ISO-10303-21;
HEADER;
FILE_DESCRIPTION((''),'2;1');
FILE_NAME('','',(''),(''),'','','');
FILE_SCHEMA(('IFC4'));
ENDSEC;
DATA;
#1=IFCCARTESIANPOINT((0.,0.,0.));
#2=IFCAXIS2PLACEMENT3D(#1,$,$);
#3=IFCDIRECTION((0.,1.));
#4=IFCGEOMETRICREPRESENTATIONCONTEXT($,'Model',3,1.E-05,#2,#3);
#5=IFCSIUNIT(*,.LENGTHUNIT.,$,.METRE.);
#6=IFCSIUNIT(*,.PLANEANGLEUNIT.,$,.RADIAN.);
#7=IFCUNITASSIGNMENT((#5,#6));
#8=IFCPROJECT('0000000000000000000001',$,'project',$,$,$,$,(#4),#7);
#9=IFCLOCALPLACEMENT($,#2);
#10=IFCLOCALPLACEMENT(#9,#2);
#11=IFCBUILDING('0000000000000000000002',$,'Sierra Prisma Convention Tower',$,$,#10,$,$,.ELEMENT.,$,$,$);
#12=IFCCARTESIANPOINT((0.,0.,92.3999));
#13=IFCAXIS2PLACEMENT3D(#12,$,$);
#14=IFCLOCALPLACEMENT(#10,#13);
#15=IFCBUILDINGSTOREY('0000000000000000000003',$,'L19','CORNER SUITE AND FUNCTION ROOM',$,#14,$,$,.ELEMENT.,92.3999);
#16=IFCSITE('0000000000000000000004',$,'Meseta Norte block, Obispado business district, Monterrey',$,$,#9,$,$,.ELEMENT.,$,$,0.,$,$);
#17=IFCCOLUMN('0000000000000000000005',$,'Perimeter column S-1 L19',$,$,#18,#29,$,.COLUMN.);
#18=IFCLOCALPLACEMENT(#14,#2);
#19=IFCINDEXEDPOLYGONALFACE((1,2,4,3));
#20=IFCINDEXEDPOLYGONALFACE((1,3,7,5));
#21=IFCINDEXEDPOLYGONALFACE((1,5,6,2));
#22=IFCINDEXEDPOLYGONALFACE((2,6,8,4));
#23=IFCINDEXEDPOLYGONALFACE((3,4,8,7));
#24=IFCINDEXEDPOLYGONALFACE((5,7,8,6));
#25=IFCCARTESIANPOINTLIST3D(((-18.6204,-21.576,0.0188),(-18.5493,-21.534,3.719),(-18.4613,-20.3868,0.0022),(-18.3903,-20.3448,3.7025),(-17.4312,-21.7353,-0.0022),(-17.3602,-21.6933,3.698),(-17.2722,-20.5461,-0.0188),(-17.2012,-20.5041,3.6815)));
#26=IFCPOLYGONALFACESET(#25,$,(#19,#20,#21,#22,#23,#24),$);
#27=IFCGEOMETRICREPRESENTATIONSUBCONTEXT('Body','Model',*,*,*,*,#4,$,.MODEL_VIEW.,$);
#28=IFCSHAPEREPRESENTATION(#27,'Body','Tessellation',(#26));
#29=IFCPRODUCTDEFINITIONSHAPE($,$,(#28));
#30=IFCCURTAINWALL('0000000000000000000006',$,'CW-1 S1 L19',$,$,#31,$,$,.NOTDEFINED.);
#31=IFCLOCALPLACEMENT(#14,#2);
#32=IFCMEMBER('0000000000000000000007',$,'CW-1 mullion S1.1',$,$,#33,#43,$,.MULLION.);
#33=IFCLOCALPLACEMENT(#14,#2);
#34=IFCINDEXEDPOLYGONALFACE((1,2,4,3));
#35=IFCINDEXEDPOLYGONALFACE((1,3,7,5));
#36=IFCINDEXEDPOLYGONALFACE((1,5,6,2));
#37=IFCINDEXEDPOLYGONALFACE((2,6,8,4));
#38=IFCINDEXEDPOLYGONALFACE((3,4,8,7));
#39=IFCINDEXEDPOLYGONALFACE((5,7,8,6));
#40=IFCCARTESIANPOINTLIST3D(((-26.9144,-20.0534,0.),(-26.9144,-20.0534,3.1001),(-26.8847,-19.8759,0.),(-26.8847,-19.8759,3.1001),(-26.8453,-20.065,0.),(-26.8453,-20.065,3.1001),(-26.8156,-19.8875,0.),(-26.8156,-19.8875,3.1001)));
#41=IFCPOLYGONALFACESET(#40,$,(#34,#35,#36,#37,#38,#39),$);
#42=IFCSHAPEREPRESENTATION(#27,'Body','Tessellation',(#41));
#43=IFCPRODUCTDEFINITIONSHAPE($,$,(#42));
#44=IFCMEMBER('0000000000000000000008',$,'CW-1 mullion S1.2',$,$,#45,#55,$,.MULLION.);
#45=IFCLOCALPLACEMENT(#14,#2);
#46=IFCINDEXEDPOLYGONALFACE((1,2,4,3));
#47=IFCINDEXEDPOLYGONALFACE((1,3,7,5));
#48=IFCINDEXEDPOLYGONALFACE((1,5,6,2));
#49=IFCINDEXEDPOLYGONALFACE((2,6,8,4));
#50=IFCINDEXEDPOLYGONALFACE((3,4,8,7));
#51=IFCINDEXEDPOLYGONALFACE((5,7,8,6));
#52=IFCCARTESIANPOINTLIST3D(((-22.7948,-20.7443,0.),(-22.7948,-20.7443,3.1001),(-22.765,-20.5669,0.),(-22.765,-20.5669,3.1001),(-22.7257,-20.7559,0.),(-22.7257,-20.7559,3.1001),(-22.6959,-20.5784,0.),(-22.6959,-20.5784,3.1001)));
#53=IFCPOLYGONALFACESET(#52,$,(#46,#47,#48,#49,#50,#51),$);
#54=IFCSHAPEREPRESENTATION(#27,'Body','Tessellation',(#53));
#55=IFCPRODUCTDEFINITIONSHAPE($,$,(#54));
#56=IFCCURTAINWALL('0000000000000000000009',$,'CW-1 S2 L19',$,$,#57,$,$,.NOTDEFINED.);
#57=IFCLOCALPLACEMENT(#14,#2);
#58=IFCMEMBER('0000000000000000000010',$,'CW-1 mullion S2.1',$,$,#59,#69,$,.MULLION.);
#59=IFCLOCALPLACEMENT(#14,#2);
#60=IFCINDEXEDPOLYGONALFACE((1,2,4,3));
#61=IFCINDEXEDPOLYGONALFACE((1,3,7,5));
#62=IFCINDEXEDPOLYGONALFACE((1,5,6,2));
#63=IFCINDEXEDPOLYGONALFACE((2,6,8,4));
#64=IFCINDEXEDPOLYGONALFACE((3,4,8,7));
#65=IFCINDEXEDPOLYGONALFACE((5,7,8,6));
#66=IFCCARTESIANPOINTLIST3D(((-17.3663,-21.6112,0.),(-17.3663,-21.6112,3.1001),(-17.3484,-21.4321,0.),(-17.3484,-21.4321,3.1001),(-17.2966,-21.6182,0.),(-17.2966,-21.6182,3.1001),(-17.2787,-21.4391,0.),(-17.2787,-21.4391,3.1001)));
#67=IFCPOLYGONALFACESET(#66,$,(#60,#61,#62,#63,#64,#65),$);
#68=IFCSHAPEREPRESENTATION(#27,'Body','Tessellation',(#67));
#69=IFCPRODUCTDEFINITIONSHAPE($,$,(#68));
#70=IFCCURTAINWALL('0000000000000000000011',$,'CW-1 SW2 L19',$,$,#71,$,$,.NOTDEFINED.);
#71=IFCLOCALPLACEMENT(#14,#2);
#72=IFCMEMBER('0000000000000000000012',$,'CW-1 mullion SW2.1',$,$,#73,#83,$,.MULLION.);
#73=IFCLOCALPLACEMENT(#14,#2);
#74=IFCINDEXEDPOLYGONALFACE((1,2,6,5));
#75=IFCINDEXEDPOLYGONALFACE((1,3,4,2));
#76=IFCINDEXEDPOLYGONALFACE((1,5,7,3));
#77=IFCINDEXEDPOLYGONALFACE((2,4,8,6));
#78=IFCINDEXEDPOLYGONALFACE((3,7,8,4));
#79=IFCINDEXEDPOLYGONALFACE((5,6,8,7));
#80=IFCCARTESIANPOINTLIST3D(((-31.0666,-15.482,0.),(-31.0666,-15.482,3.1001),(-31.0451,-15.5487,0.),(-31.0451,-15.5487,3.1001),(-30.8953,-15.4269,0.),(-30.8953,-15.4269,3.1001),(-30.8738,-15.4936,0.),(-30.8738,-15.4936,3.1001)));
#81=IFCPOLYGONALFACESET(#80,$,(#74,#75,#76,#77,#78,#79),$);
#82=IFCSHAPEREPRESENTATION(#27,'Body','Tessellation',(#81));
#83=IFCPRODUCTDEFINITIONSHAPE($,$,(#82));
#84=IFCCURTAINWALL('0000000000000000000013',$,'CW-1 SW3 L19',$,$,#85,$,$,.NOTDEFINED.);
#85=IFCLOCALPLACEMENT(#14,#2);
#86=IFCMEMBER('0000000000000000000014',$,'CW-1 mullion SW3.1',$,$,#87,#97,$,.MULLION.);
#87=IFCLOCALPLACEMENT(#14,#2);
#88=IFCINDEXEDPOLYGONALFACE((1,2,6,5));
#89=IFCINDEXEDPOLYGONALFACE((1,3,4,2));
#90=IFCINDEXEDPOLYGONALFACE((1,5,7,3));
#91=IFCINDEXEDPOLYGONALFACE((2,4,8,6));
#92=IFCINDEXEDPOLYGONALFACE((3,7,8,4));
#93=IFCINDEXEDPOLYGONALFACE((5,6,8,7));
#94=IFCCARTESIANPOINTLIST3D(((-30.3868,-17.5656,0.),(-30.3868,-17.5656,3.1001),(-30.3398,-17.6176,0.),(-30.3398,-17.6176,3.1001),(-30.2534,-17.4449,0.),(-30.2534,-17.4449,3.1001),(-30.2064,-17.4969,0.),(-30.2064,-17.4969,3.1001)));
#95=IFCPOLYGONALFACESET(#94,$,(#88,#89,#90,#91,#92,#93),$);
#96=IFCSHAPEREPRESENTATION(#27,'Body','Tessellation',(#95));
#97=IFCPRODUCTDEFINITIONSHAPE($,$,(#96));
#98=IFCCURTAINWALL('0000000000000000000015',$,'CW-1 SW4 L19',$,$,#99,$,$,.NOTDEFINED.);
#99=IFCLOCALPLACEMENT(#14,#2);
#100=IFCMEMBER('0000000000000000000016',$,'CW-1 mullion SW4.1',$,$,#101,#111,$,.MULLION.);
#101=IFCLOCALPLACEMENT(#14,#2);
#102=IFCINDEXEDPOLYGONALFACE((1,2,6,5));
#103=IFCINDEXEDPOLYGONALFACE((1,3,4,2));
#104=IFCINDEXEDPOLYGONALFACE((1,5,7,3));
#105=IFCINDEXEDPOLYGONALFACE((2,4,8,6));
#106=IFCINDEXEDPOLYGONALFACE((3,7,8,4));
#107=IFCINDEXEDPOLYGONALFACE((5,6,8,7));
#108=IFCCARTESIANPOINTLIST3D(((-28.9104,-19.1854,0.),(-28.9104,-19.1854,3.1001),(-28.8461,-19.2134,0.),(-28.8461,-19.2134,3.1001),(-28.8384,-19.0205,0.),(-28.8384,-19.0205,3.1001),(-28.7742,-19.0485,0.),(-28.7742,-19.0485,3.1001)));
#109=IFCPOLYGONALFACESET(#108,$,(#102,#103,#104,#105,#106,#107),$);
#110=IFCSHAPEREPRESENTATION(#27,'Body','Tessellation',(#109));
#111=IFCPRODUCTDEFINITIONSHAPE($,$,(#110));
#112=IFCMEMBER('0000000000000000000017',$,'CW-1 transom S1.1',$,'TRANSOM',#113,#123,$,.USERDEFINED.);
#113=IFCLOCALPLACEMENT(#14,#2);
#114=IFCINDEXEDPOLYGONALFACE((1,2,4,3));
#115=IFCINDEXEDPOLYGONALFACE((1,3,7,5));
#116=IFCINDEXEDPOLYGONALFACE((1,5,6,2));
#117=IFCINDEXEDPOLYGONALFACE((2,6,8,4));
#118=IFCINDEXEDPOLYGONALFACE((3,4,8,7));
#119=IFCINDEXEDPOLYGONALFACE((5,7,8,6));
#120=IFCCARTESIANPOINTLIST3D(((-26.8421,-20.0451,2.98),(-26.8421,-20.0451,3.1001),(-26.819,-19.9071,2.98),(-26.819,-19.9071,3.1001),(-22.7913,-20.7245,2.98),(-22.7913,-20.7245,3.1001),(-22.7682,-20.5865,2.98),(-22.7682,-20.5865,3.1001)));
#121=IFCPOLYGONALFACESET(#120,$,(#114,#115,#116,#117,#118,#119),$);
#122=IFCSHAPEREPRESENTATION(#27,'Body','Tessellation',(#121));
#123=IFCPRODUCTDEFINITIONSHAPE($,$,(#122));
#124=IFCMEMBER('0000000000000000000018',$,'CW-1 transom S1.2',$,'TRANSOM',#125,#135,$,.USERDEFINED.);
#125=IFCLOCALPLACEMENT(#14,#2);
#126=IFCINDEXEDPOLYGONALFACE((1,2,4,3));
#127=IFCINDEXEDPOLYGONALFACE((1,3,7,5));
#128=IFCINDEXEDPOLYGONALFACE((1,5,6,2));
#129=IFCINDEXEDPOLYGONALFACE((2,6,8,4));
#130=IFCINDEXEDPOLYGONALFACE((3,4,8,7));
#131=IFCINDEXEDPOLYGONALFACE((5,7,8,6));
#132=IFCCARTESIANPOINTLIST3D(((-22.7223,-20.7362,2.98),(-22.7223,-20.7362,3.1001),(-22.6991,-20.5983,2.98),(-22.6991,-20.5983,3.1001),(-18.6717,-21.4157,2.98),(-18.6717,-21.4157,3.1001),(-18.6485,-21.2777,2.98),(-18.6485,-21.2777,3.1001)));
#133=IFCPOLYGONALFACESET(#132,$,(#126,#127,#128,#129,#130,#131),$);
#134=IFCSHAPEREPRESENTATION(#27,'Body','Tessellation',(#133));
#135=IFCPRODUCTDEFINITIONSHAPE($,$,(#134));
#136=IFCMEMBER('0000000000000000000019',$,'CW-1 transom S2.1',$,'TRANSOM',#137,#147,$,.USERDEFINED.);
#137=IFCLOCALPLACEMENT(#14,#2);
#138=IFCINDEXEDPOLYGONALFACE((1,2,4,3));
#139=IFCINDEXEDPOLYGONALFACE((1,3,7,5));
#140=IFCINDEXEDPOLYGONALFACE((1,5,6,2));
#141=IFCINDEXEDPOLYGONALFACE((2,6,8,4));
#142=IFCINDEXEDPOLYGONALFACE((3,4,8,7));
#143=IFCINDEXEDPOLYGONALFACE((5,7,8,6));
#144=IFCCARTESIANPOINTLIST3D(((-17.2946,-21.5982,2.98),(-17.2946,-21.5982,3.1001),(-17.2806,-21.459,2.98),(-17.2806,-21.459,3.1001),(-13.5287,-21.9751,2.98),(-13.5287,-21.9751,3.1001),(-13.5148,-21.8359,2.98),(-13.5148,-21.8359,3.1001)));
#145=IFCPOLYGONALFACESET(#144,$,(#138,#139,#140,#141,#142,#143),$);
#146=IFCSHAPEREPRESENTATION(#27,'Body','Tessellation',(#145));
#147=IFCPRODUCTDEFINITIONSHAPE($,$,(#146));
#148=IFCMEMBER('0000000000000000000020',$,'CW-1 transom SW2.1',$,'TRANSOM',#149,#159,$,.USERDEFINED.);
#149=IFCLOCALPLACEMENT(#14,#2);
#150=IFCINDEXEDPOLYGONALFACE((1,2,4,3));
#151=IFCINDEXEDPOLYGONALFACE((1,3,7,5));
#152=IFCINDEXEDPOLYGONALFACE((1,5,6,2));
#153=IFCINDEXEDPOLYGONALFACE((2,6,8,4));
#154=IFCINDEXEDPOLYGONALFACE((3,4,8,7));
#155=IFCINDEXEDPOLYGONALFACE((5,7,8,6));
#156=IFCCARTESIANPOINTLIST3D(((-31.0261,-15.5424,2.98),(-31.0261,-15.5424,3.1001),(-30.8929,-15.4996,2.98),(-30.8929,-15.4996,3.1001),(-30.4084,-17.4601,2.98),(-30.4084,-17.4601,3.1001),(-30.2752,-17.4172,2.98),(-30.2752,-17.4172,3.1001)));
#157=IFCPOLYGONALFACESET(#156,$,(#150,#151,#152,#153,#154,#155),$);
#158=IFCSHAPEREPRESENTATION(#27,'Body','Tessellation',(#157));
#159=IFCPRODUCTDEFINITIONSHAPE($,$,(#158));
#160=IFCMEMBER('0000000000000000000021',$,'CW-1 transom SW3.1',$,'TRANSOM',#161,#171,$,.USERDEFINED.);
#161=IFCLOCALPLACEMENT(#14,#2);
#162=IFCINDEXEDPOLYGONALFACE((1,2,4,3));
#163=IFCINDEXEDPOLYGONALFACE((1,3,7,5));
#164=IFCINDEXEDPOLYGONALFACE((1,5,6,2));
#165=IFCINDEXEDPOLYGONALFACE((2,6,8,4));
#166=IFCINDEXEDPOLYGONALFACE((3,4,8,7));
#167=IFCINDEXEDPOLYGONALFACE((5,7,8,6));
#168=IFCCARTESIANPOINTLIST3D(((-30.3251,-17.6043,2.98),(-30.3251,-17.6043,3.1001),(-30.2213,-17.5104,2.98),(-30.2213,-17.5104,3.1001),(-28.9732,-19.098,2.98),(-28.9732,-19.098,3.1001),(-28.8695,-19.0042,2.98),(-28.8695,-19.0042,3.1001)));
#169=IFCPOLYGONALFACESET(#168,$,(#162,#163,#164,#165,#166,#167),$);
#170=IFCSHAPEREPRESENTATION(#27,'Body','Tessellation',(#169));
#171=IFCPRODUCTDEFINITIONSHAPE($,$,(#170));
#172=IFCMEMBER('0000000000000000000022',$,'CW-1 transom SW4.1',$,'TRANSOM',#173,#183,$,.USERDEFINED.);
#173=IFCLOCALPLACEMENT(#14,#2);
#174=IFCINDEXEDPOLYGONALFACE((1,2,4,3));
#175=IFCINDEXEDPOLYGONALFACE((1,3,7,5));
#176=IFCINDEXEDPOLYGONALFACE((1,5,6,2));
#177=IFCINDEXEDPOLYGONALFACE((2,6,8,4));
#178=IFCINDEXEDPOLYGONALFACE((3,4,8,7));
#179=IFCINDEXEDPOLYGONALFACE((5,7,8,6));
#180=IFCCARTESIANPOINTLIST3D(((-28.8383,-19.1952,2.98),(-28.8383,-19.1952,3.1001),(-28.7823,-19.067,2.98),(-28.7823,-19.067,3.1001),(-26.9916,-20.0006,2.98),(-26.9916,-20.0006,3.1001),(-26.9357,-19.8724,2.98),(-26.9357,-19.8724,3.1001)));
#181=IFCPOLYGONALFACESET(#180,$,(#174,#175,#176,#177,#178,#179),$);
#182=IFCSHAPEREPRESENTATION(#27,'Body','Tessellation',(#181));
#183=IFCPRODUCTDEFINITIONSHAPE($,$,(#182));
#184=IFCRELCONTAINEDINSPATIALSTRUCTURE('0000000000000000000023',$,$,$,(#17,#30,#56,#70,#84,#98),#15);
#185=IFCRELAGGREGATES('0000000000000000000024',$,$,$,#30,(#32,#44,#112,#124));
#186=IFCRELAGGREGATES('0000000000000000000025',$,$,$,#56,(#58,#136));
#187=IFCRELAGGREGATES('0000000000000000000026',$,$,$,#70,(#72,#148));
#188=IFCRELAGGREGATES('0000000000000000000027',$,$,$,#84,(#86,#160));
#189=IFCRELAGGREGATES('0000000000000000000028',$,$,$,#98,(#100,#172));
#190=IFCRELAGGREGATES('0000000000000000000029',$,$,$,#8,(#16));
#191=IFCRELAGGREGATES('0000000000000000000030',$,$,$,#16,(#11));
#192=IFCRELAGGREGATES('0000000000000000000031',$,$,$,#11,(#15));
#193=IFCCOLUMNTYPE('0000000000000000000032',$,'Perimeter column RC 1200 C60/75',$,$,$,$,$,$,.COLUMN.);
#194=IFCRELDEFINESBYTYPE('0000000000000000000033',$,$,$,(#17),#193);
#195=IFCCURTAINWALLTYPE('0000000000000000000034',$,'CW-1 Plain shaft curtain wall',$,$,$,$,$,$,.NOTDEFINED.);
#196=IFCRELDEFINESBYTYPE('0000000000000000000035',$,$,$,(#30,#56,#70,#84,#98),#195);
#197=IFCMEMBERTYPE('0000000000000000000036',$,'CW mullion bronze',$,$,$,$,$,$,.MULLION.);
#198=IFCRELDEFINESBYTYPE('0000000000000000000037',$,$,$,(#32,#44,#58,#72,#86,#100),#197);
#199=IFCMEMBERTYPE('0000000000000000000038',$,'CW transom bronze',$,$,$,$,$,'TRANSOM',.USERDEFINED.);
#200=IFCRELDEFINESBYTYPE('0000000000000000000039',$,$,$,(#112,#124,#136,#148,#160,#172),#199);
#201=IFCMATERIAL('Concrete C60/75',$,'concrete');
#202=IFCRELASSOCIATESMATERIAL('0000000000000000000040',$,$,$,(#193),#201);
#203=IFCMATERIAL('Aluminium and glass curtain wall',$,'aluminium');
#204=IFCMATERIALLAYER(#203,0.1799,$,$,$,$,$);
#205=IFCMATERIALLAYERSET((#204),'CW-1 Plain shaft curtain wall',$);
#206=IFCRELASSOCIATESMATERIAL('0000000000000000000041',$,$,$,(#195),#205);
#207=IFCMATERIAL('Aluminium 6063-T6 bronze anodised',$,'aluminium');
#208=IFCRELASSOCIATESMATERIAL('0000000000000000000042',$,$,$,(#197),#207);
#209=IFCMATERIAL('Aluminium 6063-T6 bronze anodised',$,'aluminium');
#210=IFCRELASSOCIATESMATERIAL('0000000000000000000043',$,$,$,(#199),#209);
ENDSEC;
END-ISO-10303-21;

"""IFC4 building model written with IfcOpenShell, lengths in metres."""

from ifc_helpers import new_model, si_unit, direction, frame, origin, origin_2d, place, context, subcontext, project, spatial, rectangle, extrude, material, layer, layer_set, material_profile, profile_set, type_object, element, aggregate, save


model = new_model("IFC4")

# Units and contexts
model_context = context("Model", 3, precision=1e-05, world=origin(), true_north=direction((0.0, 1.0)))
body_context = subcontext(model_context, "Body", "Model", "MODEL_VIEW")
ifc_project = project(units=[si_unit("LENGTHUNIT", "METRE"), si_unit("PLANEANGLEUNIT", "RADIAN")], contexts=[model_context])

# Site, building, storey
site_placement = place(None, origin())
site = spatial("IfcSite", under=ifc_project, at=site_placement, Name="Meseta Norte block, Obispado business district, Monterrey", CompositionType="ELEMENT", RefElevation=0.0)
building_placement = place(site_placement, origin())
building = spatial("IfcBuilding", under=site, at=building_placement, Name="Sierra Prisma Convention Tower", CompositionType="ELEMENT")
storey_placement = place(building_placement, frame((0.0, 0.0, 92.3999)))
storey = spatial("IfcBuildingStorey", under=building, at=storey_placement, Name="L19", Description="CORNER SUITE AND FUNCTION ROOM", CompositionType="ELEMENT", Elevation=92.3999)

# Column
ifc_material_1 = material(Name="Concrete C60/75", Category="concrete")
ifc_material_profile_1 = material_profile(ifc_material_1, rectangle(XDim=1.2, YDim=1.2, at=origin_2d()), Name="Perimeter column RC 1200 C60/75")
ifc_profile_set_1 = profile_set([ifc_material_profile_1], Name="Concrete C60/75")
column_type = type_object("IfcColumnType", Name="Perimeter column RC 1200 C60/75", PredefinedType="COLUMN", material=ifc_profile_set_1)
column_placement = place(storey_placement, frame((-17.9463, -21.061, 0.0), z_axis=(0.019196, 0.011346, 0.999751), x_axis=(-0.990993, 0.132765, 0.017521)))
element("IfcColumn", 1, at=column_placement, inside=storey, type_object=column_type, Name="Perimeter column S-1 L19", PredefinedType="COLUMN", context=body_context, shape_type="SweptSolid", body=[
    extrude(rectangle(XDim=1.2, YDim=1.2, at=origin_2d()), origin(), (0.0, 0.0, 1.0), 3.7012),
])

# Curtain wall, members
ifc_material_2 = material(Name="Aluminium and glass curtain wall", Category="aluminium")
ifc_layer_1 = layer(ifc_material_2, 0.1799)
ifc_layer_set_1 = layer_set([ifc_layer_1], Name="CW-1 Plain shaft curtain wall")
curtain_wall_type = type_object("IfcCurtainWallType", Name="CW-1 Plain shaft curtain wall", PredefinedType="NOTDEFINED", material=ifc_layer_set_1)
curtain_wall_1_placement = place(storey_placement, origin())
curtain_wall_1 = element("IfcCurtainWall", 2, at=curtain_wall_1_placement, inside=storey, type_object=curtain_wall_type, Name="CW-1 S1 L19", PredefinedType="NOTDEFINED")
ifc_material_3 = material(Name="Aluminium 6063-T6 bronze anodised", Category="aluminium")
ifc_material_profile_2 = material_profile(ifc_material_3, rectangle(XDim=0.1799, YDim=0.0701, at=origin_2d()), Name="ALU MULLION 70x180")
ifc_profile_set_2 = profile_set([ifc_material_profile_2], Name="Aluminium 6063-T6 bronze anodised")
member_type_1 = type_object("IfcMemberType", Name="CW mullion bronze", PredefinedType="MULLION", material=ifc_profile_set_2)
member_1_placement = place(storey_placement, frame((-26.865, -19.9705, 0.0), z_axis=(0.0, 0.0, 1.0), x_axis=(0.165422, 0.986223, 0.0)))
member_1 = element("IfcMember", 3, at=member_1_placement, type_object=member_type_1, Name="CW-1 mullion S1.1", PredefinedType="MULLION", context=body_context, shape_type="SweptSolid", body=[
    extrude(rectangle(XDim=0.1799, YDim=0.0701, at=origin_2d()), origin(), (0.0, 0.0, 1.0), 3.1001),
])
member_2_placement = place(storey_placement, frame((-22.7454, -20.6614, 0.0), z_axis=(0.0, 0.0, 1.0), x_axis=(0.165422, 0.986223, 0.0)))
member_2 = element("IfcMember", 4, at=member_2_placement, type_object=member_type_1, Name="CW-1 mullion S1.2", PredefinedType="MULLION", context=body_context, shape_type="SweptSolid", body=[
    extrude(rectangle(XDim=0.1799, YDim=0.0701, at=origin_2d()), origin(), (0.0, 0.0, 1.0), 3.1001),
])

# Curtain walls, members
curtain_wall_2_placement = place(storey_placement, origin())
curtain_wall_2 = element("IfcCurtainWall", 5, at=curtain_wall_2_placement, inside=storey, type_object=curtain_wall_type, Name="CW-1 S2 L19", PredefinedType="NOTDEFINED")
member_3_placement = place(storey_placement, frame((-17.3225, -21.5251, 0.0), z_axis=(0.0, 0.0, 1.0), x_axis=(0.099546, 0.995033, 0.0)))
member_3 = element("IfcMember", 6, at=member_3_placement, type_object=member_type_1, Name="CW-1 mullion S2.1", PredefinedType="MULLION", context=body_context, shape_type="SweptSolid", body=[
    extrude(rectangle(XDim=0.1799, YDim=0.0701, at=origin_2d()), origin(), (0.0, 0.0, 1.0), 3.1001),
])
curtain_wall_3_placement = place(storey_placement, origin())
curtain_wall_3 = element("IfcCurtainWall", 7, at=curtain_wall_3_placement, inside=storey, type_object=curtain_wall_type, Name="CW-1 SW2 L19", PredefinedType="NOTDEFINED")
member_4_placement = place(storey_placement, frame((-30.9702, -15.4878, 0.0), z_axis=(0.0, 0.0, 1.0), x_axis=(0.951827, 0.306635, 0.0)))
member_4 = element("IfcMember", 8, at=member_4_placement, type_object=member_type_1, Name="CW-1 mullion SW2.1", PredefinedType="MULLION", context=body_context, shape_type="SweptSolid", body=[
    extrude(rectangle(XDim=0.1799, YDim=0.0701, at=origin_2d()), origin(), (0.0, 0.0, 1.0), 3.1001),
])
curtain_wall_4_placement = place(storey_placement, origin())
curtain_wall_4 = element("IfcCurtainWall", 9, at=curtain_wall_4_placement, inside=storey, type_object=curtain_wall_type, Name="CW-1 SW3 L19", PredefinedType="NOTDEFINED")
member_5_placement = place(storey_placement, frame((-30.2966, -17.5312, 0.0), z_axis=(0.0, 0.0, 1.0), x_axis=(0.741467, 0.670989, 0.0)))
member_5 = element("IfcMember", 10, at=member_5_placement, type_object=member_type_1, Name="CW-1 mullion SW3.1", PredefinedType="MULLION", context=body_context, shape_type="SweptSolid", body=[
    extrude(rectangle(XDim=0.1799, YDim=0.0701, at=origin_2d()), origin(), (0.0, 0.0, 1.0), 3.1001),
])
curtain_wall_5_placement = place(storey_placement, origin())
curtain_wall_5 = element("IfcCurtainWall", 11, at=curtain_wall_5_placement, inside=storey, type_object=curtain_wall_type, Name="CW-1 SW4 L19", PredefinedType="NOTDEFINED")
member_6_placement = place(storey_placement, frame((-28.8423, -19.1169, 0.0), z_axis=(0.0, 0.0, 1.0), x_axis=(0.399862, 0.916575, 0.0)))
member_6 = element("IfcMember", 12, at=member_6_placement, type_object=member_type_1, Name="CW-1 mullion SW4.1", PredefinedType="MULLION", context=body_context, shape_type="SweptSolid", body=[
    extrude(rectangle(XDim=0.1799, YDim=0.0701, at=origin_2d()), origin(), (0.0, 0.0, 1.0), 3.1001),
])

# Members
ifc_material_4 = material(Name="Aluminium 6063-T6 bronze anodised", Category="aluminium")
ifc_material_profile_3 = material_profile(ifc_material_4, rectangle(XDim=0.1399, YDim=0.1201, at=origin_2d()), Name="ALU TRANSOM 120x140")
ifc_profile_set_3 = profile_set([ifc_material_profile_3], Name="Aluminium 6063-T6 bronze anodised")
member_type_2 = type_object("IfcMemberType", Name="CW transom bronze", ElementType="TRANSOM", PredefinedType="USERDEFINED", material=ifc_profile_set_3)
member_7_placement = place(storey_placement, frame((-26.8306, -19.9761, 3.04), z_axis=(0.986223, -0.165421, 0.0), x_axis=(0.165421, 0.986223, 0.0)))
member_7 = element("IfcMember", 13, at=member_7_placement, type_object=member_type_2, Name="CW-1 transom S1.1", ObjectType="TRANSOM", PredefinedType="USERDEFINED", context=body_context, shape_type="SweptSolid", body=[
    extrude(rectangle(XDim=0.1399, YDim=0.1201, at=origin_2d()), origin(), (0.0, 0.0, 1.0), 4.1074),
])
member_8_placement = place(storey_placement, frame((-22.7107, -20.6672, 3.04), z_axis=(0.986221, -0.16543, 0.0), x_axis=(0.16543, 0.986221, 0.0)))
member_8 = element("IfcMember", 14, at=member_8_placement, type_object=member_type_2, Name="CW-1 transom S1.2", ObjectType="TRANSOM", PredefinedType="USERDEFINED", context=body_context, shape_type="SweptSolid", body=[
    extrude(rectangle(XDim=0.1399, YDim=0.1201, at=origin_2d()), origin(), (0.0, 0.0, 1.0), 4.1072),
])
member_9_placement = place(storey_placement, frame((-17.2876, -21.5286, 3.04), z_axis=(0.995028, -0.0996, 0.0), x_axis=(0.0996, 0.995028, 0.0)))
member_9 = element("IfcMember", 15, at=member_9_placement, type_object=member_type_2, Name="CW-1 transom S2.1", ObjectType="TRANSOM", PredefinedType="USERDEFINED", context=body_context, shape_type="SweptSolid", body=[
    extrude(rectangle(XDim=0.1399, YDim=0.1201, at=origin_2d()), origin(), (0.0, 0.0, 1.0), 3.7847),
])
member_10_placement = place(storey_placement, frame((-30.9595, -15.521, 3.04), z_axis=(0.306578, -0.951846, 0.0), x_axis=(0.951846, 0.306578, 0.0)))
member_10 = element("IfcMember", 16, at=member_10_placement, type_object=member_type_2, Name="CW-1 transom SW2.1", ObjectType="TRANSOM", PredefinedType="USERDEFINED", context=body_context, shape_type="SweptSolid", body=[
    extrude(rectangle(XDim=0.1399, YDim=0.1201, at=origin_2d()), origin(), (0.0, 0.0, 1.0), 2.0146),
])
member_11_placement = place(storey_placement, frame((-30.2732, -17.5574, 3.04), z_axis=(0.671024, -0.741435, 0.0), x_axis=(0.741435, 0.671024, 0.0)))
member_11 = element("IfcMember", 17, at=member_11_placement, type_object=member_type_2, Name="CW-1 transom SW3.1", ObjectType="TRANSOM", PredefinedType="USERDEFINED", context=body_context, shape_type="SweptSolid", body=[
    extrude(rectangle(XDim=0.1399, YDim=0.1201, at=origin_2d()), origin(), (0.0, 0.0, 1.0), 2.0146),
])
member_12_placement = place(storey_placement, frame((-28.8103, -19.1311, 3.04), z_axis=(0.916613, -0.399776, 0.0), x_axis=(0.399776, 0.916613, 0.0)))
member_12 = element("IfcMember", 18, at=member_12_placement, type_object=member_type_2, Name="CW-1 transom SW4.1", ObjectType="TRANSOM", PredefinedType="USERDEFINED", context=body_context, shape_type="SweptSolid", body=[
    extrude(rectangle(XDim=0.1399, YDim=0.1201, at=origin_2d()), origin(), (0.0, 0.0, 1.0), 2.0146),
])

aggregate(curtain_wall_1, [member_1, member_2, member_7, member_8])
aggregate(curtain_wall_2, [member_3, member_9])
aggregate(curtain_wall_3, [member_4, member_10])
aggregate(curtain_wall_4, [member_5, member_11])
aggregate(curtain_wall_5, [member_6, member_12])

save(model, "model.ifc")
